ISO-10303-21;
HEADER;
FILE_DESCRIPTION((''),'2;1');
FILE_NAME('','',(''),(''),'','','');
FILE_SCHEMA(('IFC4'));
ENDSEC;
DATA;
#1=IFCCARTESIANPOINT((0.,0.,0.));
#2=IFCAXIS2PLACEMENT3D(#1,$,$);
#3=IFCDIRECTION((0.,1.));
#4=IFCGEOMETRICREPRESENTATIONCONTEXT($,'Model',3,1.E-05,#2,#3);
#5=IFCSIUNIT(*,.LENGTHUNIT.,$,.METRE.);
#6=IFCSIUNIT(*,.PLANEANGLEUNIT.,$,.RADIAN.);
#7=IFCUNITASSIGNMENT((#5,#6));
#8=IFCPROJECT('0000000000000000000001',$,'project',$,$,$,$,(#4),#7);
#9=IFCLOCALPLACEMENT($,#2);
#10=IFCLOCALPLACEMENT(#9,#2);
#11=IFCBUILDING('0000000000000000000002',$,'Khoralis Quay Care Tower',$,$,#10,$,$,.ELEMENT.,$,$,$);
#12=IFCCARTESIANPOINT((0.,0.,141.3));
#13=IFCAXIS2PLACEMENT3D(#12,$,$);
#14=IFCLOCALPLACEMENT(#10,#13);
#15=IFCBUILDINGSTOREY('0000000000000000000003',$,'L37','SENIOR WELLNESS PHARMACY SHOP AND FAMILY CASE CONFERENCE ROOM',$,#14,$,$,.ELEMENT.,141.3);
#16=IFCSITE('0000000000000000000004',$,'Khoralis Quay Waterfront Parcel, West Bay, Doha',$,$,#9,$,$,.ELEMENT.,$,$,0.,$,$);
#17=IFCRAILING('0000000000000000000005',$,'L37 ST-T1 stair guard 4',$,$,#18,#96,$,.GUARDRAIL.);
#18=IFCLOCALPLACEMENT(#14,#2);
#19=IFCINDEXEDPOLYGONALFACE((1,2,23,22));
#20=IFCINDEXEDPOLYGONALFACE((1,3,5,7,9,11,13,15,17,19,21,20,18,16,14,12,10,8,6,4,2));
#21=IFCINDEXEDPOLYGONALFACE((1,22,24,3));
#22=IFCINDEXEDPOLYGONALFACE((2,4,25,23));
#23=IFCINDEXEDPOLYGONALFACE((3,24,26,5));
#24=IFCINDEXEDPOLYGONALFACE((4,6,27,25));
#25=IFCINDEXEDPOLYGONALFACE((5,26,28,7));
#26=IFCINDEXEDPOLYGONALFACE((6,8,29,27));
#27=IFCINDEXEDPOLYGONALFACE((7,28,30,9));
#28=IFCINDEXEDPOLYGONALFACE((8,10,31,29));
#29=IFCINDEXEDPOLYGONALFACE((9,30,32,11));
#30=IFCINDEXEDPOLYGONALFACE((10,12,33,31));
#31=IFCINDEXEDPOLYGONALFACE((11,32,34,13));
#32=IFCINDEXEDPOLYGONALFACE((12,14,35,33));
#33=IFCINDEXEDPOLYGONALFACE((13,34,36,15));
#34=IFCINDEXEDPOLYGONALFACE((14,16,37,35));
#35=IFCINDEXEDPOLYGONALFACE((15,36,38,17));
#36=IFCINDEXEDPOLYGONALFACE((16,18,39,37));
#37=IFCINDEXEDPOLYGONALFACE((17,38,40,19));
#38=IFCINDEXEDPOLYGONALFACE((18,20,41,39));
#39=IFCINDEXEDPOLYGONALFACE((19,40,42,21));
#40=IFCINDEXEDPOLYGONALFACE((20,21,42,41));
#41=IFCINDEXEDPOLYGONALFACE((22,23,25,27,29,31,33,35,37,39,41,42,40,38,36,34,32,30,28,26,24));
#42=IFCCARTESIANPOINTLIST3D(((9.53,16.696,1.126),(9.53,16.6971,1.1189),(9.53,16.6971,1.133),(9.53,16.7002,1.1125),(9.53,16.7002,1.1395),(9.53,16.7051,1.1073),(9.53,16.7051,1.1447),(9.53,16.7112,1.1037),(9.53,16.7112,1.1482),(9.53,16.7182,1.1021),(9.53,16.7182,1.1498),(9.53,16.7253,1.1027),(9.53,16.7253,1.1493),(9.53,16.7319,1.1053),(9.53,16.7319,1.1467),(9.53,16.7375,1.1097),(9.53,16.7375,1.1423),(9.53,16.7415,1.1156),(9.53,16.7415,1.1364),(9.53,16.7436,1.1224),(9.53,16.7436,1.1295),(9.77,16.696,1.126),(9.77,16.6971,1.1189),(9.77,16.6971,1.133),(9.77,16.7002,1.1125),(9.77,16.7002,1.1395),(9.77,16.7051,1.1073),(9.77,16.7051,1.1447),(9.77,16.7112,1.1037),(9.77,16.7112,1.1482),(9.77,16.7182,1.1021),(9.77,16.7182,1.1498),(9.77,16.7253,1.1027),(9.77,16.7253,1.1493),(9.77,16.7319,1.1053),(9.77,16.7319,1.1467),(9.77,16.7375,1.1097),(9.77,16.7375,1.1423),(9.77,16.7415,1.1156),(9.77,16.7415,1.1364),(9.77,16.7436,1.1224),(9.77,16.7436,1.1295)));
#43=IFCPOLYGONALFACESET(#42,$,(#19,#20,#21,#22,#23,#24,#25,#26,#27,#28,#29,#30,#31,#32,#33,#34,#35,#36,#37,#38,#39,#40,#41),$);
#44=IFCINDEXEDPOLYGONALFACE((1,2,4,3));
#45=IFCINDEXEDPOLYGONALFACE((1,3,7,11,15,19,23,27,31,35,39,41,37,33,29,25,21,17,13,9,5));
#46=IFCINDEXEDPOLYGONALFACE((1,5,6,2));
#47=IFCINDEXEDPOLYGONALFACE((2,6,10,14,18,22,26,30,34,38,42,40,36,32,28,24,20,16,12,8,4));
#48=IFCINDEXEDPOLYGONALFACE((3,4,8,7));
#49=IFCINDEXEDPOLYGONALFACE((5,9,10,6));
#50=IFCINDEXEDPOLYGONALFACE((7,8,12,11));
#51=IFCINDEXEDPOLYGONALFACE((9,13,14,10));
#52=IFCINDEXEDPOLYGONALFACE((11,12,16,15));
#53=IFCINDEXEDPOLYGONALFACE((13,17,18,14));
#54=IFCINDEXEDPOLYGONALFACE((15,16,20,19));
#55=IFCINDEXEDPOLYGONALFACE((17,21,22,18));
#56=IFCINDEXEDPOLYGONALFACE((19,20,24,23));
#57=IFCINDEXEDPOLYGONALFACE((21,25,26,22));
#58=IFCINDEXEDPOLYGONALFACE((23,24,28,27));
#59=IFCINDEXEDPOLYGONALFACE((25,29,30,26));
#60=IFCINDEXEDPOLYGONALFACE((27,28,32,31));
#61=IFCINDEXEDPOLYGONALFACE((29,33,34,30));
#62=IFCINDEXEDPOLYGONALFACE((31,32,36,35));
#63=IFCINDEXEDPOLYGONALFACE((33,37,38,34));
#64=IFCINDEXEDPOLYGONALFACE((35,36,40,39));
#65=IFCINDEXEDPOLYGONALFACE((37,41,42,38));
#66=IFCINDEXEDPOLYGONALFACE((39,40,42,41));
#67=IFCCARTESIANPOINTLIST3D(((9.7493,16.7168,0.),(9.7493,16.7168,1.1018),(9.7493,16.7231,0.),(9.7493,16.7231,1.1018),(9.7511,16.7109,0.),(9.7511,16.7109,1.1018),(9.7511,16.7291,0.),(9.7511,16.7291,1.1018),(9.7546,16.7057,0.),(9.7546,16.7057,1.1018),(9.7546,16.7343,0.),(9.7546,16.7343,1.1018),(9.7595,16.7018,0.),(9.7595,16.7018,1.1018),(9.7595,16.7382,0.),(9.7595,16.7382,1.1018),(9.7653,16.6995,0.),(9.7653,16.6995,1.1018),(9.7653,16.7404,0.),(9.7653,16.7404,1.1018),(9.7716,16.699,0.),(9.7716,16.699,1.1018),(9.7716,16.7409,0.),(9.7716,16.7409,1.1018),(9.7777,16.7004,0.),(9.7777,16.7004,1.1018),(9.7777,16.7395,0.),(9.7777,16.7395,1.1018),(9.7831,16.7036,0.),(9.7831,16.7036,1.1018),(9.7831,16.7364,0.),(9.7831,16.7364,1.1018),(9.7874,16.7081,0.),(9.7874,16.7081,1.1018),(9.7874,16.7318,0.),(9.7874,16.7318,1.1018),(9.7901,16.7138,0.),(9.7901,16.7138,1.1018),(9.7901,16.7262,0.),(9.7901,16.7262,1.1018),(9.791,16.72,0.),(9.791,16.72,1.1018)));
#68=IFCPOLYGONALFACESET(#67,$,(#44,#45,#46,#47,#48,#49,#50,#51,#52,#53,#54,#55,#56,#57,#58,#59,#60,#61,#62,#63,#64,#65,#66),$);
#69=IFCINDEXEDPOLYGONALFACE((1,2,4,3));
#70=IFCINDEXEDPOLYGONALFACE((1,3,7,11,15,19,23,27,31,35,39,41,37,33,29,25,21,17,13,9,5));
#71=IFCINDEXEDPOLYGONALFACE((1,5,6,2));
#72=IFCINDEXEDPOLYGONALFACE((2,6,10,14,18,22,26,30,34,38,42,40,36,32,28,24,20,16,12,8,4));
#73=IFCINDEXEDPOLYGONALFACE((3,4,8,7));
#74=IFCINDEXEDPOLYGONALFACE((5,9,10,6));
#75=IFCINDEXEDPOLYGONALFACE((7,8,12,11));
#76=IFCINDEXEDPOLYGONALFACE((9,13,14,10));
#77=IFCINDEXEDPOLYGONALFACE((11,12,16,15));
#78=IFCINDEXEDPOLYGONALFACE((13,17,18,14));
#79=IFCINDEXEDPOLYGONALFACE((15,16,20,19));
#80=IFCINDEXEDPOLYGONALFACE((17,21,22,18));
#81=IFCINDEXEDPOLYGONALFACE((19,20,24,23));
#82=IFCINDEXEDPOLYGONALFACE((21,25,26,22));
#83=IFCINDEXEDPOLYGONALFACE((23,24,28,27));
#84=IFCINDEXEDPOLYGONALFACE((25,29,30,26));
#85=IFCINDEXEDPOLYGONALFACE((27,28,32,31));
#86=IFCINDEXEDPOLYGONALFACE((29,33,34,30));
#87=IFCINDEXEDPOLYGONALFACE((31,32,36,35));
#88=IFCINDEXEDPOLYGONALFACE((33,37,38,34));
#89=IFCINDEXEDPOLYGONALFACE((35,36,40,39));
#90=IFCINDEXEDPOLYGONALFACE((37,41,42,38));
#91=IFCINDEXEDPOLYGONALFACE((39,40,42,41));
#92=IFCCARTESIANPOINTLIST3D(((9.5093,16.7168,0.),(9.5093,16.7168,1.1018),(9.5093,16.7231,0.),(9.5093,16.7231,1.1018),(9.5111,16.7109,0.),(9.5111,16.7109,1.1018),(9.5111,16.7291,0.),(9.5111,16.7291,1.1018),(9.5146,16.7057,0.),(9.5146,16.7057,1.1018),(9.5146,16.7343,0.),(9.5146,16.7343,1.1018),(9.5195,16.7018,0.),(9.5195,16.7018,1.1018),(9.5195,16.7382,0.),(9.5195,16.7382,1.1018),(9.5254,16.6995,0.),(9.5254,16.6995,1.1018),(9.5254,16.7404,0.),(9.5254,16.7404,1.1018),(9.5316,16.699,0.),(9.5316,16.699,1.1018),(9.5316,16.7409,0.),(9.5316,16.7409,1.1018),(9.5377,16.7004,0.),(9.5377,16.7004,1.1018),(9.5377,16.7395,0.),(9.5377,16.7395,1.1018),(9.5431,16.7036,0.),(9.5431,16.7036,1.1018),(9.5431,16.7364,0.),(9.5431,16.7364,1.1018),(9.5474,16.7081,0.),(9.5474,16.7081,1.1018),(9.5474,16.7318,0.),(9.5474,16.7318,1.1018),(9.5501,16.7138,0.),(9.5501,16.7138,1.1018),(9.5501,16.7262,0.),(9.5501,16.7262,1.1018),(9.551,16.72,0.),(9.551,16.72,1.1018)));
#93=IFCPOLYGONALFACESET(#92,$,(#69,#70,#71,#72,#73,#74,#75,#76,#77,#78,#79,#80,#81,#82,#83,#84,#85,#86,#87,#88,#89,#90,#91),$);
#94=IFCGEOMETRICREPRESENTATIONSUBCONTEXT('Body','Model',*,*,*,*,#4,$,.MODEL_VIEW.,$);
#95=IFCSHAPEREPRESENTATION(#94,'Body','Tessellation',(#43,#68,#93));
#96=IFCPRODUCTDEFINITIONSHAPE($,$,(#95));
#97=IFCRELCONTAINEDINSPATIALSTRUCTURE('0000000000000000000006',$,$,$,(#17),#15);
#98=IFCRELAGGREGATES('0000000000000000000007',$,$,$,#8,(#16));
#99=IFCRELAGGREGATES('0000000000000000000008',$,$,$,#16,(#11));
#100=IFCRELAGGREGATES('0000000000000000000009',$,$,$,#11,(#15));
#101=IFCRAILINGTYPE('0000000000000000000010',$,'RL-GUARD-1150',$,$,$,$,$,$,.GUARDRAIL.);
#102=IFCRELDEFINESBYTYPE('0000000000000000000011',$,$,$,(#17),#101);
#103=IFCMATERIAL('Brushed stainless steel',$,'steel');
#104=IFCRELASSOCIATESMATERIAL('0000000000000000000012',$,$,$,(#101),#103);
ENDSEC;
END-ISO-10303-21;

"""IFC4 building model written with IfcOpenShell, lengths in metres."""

from ifc_helpers import new_model, si_unit, direction, frame, origin, origin_2d, place, context, subcontext, project, spatial, circle, extrude, material, type_object, element, save


model = new_model("IFC4")

# Units and contexts
model_context = context("Model", 3, precision=1e-05, world=origin(), true_north=direction((0.0, 1.0)))
body_context = subcontext(model_context, "Body", "Model", "MODEL_VIEW")
ifc_project = project(units=[si_unit("LENGTHUNIT", "METRE"), si_unit("PLANEANGLEUNIT", "RADIAN")], contexts=[model_context])

# Site, building, storey
site_placement = place(None, origin())
site = spatial("IfcSite", under=ifc_project, at=site_placement, Name="Khoralis Quay Waterfront Parcel, West Bay, Doha", CompositionType="ELEMENT", RefElevation=0.0)
building_placement = place(site_placement, origin())
building = spatial("IfcBuilding", under=site, at=building_placement, Name="Khoralis Quay Care Tower", CompositionType="ELEMENT")
storey_placement = place(building_placement, frame((0.0, 0.0, 141.3)))
storey = spatial("IfcBuildingStorey", under=building, at=storey_placement, Name="L37", Description="SENIOR WELLNESS PHARMACY SHOP AND FAMILY CASE CONFERENCE ROOM", CompositionType="ELEMENT", Elevation=141.3)

# Railing
ifc_material_1 = material(Name="Brushed stainless steel", Category="steel")
railing_type_1 = type_object("IfcRailingType", Name="RL-GUARD-1150", PredefinedType="GUARDRAIL", material=ifc_material_1)
railing_1_placement = place(storey_placement, frame((9.77, 16.72, 0.0)))
element("IfcRailing", 1, at=railing_1_placement, inside=storey, type_object=railing_type_1, Name="L37 ST-T1 stair guard 4", PredefinedType="GUARDRAIL", context=body_context, shape_type="SweptSolid", body=[
    extrude(circle(Radius=0.0239, at=origin_2d()), frame((0.0, 0.0, 1.126), z_axis=(-1.0, 0.0, 0.0), x_axis=(0.0, -1.0, 0.0)), (0.0, 0.0, 1.0), 0.24),
    extrude(circle(Radius=0.021, at=origin_2d()), origin(), (0.0, 0.0, 1.0), 1.1018),
    extrude(circle(Radius=0.021, at=origin_2d()), frame((-0.24, 0.0, 0.0)), (0.0, 0.0, 1.0), 1.1018),
])

save(model, "model.ifc")
